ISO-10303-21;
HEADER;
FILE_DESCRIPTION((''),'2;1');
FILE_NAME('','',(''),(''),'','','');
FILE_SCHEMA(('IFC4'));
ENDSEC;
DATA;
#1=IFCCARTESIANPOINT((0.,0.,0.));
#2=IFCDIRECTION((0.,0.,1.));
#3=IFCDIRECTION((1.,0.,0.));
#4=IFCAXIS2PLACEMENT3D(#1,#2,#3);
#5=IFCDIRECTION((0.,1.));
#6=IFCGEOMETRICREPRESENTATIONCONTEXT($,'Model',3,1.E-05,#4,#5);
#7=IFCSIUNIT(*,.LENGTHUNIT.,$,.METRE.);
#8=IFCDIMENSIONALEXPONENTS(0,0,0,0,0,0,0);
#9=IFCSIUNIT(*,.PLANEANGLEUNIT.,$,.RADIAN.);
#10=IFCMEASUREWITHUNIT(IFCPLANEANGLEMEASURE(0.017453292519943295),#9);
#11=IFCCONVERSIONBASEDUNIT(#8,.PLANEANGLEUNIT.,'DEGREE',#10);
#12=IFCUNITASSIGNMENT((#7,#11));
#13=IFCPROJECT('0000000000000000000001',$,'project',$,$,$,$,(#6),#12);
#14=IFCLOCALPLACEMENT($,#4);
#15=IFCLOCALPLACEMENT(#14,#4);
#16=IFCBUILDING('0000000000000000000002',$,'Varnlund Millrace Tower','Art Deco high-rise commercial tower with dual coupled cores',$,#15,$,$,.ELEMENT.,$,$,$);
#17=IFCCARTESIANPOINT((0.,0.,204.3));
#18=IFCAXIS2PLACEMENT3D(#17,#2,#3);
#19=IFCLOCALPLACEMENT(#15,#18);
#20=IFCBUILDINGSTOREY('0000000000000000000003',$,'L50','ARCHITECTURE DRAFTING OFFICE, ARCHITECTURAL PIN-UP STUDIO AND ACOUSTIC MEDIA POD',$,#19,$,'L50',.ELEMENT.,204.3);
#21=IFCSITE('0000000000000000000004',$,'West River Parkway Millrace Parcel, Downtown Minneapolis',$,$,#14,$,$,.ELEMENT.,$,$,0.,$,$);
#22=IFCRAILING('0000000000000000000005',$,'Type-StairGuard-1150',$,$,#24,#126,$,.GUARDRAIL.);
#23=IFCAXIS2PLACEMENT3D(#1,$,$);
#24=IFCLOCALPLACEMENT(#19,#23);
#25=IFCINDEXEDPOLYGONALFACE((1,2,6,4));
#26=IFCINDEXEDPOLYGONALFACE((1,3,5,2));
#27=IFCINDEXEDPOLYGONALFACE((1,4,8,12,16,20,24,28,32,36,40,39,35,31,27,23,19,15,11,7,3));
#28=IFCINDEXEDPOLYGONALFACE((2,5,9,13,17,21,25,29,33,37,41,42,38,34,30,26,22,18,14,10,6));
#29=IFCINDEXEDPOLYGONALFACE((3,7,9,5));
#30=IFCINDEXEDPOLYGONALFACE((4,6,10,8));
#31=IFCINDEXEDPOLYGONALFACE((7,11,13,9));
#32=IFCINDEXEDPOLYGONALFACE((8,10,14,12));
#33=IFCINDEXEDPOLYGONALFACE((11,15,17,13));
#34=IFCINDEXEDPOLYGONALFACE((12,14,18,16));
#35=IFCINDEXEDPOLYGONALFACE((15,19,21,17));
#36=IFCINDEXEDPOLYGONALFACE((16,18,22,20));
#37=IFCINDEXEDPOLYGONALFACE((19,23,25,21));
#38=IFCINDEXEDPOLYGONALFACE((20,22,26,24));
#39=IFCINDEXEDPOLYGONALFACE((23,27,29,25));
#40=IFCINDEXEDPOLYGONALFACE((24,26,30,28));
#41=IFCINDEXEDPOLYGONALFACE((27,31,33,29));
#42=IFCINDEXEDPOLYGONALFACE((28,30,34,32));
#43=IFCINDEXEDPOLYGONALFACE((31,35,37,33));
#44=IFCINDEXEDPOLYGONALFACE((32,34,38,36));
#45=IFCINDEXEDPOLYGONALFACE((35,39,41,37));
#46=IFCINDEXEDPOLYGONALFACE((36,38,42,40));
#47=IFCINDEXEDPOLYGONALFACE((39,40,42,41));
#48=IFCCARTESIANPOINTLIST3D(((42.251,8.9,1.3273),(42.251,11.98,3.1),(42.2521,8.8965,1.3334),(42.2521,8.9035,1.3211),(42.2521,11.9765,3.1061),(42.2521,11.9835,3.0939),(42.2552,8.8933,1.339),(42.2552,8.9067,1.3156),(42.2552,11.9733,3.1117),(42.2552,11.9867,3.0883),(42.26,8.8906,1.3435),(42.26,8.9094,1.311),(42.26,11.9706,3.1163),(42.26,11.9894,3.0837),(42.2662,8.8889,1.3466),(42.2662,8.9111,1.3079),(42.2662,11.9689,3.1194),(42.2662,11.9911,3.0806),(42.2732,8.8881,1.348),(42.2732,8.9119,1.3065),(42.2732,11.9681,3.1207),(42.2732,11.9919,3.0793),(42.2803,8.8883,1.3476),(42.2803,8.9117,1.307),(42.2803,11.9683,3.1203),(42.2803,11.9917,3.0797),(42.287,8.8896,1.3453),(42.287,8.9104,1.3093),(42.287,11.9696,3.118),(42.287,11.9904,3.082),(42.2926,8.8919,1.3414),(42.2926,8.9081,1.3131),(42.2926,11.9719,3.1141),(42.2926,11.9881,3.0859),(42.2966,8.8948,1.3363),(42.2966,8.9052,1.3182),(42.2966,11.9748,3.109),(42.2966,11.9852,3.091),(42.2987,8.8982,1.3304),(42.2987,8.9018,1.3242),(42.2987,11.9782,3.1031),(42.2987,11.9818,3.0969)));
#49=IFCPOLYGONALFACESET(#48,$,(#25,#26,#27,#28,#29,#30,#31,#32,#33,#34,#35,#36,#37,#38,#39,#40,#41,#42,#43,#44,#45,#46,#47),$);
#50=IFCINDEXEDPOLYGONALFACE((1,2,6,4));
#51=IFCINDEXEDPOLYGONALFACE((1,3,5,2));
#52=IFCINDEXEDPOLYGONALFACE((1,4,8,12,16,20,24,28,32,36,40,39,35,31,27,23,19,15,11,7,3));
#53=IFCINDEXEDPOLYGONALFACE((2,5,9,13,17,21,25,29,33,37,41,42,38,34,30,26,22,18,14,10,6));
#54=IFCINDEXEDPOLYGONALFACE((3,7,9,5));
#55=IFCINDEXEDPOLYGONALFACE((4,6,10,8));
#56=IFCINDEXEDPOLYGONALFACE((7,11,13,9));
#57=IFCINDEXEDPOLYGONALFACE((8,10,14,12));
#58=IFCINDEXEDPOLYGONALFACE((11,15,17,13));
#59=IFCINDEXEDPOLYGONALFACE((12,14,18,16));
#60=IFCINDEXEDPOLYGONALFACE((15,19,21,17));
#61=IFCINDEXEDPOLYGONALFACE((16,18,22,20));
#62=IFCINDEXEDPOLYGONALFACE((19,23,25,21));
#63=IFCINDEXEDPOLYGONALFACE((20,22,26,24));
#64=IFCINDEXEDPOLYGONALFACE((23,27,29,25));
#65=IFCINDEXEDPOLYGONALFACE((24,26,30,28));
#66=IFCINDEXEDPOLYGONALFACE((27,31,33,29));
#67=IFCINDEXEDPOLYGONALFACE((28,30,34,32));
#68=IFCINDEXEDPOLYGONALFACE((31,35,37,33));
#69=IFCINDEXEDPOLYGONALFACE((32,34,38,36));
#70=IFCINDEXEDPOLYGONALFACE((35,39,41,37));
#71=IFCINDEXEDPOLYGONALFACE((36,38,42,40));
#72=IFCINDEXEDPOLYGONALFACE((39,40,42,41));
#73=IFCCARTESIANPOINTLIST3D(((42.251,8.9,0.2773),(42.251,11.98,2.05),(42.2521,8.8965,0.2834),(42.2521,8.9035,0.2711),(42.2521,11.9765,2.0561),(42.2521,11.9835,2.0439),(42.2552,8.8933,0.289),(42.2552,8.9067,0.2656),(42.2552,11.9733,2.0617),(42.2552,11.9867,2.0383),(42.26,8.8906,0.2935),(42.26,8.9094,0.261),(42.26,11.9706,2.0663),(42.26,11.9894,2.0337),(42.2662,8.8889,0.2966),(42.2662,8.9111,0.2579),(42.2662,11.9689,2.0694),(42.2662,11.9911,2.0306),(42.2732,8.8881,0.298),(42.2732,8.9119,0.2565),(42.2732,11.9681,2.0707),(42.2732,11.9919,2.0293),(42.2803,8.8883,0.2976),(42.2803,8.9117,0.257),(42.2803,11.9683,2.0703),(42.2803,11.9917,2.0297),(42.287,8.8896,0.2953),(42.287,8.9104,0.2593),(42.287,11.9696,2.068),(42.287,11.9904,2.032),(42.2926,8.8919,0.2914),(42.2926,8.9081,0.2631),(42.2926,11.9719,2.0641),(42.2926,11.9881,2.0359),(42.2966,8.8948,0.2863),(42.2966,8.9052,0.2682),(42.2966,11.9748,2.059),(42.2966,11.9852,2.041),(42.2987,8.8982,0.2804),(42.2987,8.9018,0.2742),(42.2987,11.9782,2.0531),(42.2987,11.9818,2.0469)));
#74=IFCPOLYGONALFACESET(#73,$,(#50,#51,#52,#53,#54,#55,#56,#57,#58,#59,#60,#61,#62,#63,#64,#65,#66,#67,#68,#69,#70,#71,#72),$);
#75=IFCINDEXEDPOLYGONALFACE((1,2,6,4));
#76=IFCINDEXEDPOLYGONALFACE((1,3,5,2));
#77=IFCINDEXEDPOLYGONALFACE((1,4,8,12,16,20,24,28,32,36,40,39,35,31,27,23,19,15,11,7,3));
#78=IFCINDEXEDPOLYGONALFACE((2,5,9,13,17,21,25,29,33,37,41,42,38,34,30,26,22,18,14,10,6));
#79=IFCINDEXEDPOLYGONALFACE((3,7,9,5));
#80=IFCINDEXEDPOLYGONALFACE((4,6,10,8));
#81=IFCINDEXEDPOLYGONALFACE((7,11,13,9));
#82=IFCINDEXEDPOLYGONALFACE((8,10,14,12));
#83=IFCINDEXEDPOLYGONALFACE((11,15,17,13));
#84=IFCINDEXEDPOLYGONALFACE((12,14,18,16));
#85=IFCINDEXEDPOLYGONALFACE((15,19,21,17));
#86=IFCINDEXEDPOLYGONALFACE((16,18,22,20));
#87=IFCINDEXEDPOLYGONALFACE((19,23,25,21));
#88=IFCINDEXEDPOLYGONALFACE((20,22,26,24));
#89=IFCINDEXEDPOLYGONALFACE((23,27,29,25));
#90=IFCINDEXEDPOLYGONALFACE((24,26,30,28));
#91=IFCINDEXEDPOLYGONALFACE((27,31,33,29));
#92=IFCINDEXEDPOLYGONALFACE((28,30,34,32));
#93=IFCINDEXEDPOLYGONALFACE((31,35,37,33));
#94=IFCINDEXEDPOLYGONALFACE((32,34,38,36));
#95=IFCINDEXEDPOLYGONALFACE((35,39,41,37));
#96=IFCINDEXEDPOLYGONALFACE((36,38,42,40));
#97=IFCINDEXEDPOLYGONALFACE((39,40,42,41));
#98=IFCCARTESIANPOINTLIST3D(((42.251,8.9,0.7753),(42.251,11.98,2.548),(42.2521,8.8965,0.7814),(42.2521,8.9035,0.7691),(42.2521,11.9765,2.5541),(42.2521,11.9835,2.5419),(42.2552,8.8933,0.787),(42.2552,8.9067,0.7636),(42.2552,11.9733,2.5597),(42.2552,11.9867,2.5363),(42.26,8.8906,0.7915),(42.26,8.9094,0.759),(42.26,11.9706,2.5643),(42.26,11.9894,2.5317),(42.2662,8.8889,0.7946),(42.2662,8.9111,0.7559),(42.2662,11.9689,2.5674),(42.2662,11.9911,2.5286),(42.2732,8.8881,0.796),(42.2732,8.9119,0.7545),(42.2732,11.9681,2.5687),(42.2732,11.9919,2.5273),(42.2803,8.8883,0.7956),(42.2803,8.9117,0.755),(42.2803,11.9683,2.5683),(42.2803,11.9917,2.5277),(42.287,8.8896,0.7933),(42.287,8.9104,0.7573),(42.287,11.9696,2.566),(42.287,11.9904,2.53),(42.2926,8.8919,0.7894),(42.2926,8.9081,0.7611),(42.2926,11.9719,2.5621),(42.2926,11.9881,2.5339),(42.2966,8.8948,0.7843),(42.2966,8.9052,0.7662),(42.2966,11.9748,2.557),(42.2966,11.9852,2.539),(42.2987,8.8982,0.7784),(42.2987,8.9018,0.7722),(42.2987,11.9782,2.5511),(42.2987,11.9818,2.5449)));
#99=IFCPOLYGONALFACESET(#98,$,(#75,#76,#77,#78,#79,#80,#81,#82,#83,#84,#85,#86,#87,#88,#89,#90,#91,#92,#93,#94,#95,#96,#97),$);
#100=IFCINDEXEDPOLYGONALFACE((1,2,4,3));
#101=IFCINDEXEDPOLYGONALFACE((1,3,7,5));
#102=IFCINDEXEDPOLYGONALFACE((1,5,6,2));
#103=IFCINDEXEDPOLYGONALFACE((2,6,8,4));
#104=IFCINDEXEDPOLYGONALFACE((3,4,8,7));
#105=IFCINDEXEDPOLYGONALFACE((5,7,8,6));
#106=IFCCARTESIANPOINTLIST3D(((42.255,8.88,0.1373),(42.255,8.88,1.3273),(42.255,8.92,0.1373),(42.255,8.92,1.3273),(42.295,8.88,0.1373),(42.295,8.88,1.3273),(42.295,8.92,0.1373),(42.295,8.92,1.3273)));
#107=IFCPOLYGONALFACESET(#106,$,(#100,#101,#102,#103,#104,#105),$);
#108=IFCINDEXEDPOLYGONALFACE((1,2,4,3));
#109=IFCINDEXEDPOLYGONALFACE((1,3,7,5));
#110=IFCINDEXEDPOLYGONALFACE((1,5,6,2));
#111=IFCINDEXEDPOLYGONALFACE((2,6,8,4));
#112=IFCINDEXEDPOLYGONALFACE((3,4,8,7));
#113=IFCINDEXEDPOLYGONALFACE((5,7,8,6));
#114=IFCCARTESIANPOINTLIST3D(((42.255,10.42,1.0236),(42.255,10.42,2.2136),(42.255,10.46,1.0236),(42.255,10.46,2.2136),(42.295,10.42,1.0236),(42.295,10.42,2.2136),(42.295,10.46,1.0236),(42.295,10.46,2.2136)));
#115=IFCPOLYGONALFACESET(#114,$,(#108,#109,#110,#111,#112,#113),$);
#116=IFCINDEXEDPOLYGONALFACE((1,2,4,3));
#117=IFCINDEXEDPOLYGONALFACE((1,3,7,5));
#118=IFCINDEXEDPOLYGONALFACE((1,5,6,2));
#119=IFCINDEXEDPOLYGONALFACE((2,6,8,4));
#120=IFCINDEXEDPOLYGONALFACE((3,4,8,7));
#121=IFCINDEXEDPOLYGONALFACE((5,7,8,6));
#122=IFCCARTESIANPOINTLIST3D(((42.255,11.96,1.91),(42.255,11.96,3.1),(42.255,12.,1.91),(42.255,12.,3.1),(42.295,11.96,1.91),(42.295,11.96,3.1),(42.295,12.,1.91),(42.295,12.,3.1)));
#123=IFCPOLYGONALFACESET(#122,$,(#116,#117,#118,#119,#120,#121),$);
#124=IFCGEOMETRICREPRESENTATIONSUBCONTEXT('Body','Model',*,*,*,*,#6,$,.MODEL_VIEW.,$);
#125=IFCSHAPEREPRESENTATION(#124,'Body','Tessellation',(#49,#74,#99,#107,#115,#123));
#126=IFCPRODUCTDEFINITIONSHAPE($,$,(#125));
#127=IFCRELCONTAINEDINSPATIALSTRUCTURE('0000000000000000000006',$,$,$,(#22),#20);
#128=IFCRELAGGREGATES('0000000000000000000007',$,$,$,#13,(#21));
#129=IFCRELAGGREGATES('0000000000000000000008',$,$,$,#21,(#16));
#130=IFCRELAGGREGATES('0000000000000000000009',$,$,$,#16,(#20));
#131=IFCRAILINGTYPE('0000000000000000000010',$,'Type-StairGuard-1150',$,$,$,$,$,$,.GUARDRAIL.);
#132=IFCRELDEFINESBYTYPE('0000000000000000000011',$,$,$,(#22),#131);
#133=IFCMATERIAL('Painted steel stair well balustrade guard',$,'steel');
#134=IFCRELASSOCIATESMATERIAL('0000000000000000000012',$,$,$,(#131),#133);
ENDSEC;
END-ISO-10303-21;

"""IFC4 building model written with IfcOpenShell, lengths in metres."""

from ifc_helpers import new_model, entity, si_unit, converted_unit, direction, frame, origin_with_axes, origin_2d_with_axis, place, context, subcontext, project, spatial, rectangle, circle, extrude, material, type_object, element, save


model = new_model("IFC4")

# Units and contexts
model_context = context("Model", 3, precision=1e-05, world=origin_with_axes(), true_north=direction((0.0, 1.0)))
body_context = subcontext(model_context, "Body", "Model", "MODEL_VIEW")
ifc_project = project(units=[si_unit("LENGTHUNIT", "METRE"), converted_unit("PLANEANGLEUNIT", "DEGREE", entity("IfcPlaneAngleMeasure", 0.017453292519943295), si_unit("PLANEANGLEUNIT", "RADIAN"), dimensions=[0, 0, 0, 0, 0, 0, 0])], contexts=[model_context])

# Site, building, storey
site_placement = place(None, origin_with_axes())
site = spatial("IfcSite", under=ifc_project, at=site_placement, Name="West River Parkway Millrace Parcel, Downtown Minneapolis", CompositionType="ELEMENT", RefElevation=0.0)
building_placement = place(site_placement, origin_with_axes())
building = spatial("IfcBuilding", under=site, at=building_placement, Name="Varnlund Millrace Tower", Description="Art Deco high-rise commercial tower with dual coupled cores", CompositionType="ELEMENT")
storey_placement = place(building_placement, frame((0.0, 0.0, 204.3), z_axis=(0.0, 0.0, 1.0), x_axis=(1.0, 0.0, 0.0)))
storey = spatial("IfcBuildingStorey", under=building, at=storey_placement, Name="L50", Description="ARCHITECTURE DRAFTING OFFICE, ARCHITECTURAL PIN-UP STUDIO AND ACOUSTIC MEDIA POD", LongName="L50", CompositionType="ELEMENT", Elevation=204.3)

# Railing
ifc_material_1 = material(Name="Painted steel stair well balustrade guard", Category="steel")
railing_type_1 = type_object("IfcRailingType", Name="Type-StairGuard-1150", PredefinedType="GUARDRAIL", material=ifc_material_1)
railing_1_placement = place(storey_placement, frame((0.0, 0.0, -204.3), z_axis=(0.0, 0.0, 1.0), x_axis=(1.0, 0.0, 0.0)))
element("IfcRailing", 1, at=railing_1_placement, inside=storey, type_object=railing_type_1, Name="Type-StairGuard-1150", PredefinedType="GUARDRAIL", context=body_context, shape_type="SweptSolid", body=[
    extrude(circle(Radius=0.024, at=origin_2d_with_axis()), frame((42.275, 8.9, 205.6273), z_axis=(0.0, 0.866696, 0.498836), x_axis=(-1.0, 0.0, 0.0)), (0.0, 0.0, 1.0), 3.5537),
    extrude(circle(Radius=0.024, at=origin_2d_with_axis()), frame((42.275, 8.9, 204.5773), z_axis=(0.0, 0.866696, 0.498836), x_axis=(-1.0, 0.0, 0.0)), (0.0, 0.0, 1.0), 3.5537),
    extrude(circle(Radius=0.024, at=origin_2d_with_axis()), frame((42.275, 8.9, 205.0753), z_axis=(0.0, 0.866696, 0.498836), x_axis=(-1.0, 0.0, 0.0)), (0.0, 0.0, 1.0), 3.5537),
    extrude(rectangle(XDim=0.04, YDim=0.04, at=origin_2d_with_axis()), frame((42.275, 8.9, 204.4373), z_axis=(0.0, 0.0, 1.0), x_axis=(1.0, 0.0, 0.0)), (0.0, 0.0, 1.0), 1.19),
    extrude(rectangle(XDim=0.04, YDim=0.04, at=origin_2d_with_axis()), frame((42.275, 10.44, 205.3236), z_axis=(0.0, 0.0, 1.0), x_axis=(1.0, 0.0, 0.0)), (0.0, 0.0, 1.0), 1.19),
    extrude(rectangle(XDim=0.04, YDim=0.04, at=origin_2d_with_axis()), frame((42.275, 11.98, 206.21), z_axis=(0.0, 0.0, 1.0), x_axis=(1.0, 0.0, 0.0)), (0.0, 0.0, 1.0), 1.19),
])

save(model, "model.ifc")
